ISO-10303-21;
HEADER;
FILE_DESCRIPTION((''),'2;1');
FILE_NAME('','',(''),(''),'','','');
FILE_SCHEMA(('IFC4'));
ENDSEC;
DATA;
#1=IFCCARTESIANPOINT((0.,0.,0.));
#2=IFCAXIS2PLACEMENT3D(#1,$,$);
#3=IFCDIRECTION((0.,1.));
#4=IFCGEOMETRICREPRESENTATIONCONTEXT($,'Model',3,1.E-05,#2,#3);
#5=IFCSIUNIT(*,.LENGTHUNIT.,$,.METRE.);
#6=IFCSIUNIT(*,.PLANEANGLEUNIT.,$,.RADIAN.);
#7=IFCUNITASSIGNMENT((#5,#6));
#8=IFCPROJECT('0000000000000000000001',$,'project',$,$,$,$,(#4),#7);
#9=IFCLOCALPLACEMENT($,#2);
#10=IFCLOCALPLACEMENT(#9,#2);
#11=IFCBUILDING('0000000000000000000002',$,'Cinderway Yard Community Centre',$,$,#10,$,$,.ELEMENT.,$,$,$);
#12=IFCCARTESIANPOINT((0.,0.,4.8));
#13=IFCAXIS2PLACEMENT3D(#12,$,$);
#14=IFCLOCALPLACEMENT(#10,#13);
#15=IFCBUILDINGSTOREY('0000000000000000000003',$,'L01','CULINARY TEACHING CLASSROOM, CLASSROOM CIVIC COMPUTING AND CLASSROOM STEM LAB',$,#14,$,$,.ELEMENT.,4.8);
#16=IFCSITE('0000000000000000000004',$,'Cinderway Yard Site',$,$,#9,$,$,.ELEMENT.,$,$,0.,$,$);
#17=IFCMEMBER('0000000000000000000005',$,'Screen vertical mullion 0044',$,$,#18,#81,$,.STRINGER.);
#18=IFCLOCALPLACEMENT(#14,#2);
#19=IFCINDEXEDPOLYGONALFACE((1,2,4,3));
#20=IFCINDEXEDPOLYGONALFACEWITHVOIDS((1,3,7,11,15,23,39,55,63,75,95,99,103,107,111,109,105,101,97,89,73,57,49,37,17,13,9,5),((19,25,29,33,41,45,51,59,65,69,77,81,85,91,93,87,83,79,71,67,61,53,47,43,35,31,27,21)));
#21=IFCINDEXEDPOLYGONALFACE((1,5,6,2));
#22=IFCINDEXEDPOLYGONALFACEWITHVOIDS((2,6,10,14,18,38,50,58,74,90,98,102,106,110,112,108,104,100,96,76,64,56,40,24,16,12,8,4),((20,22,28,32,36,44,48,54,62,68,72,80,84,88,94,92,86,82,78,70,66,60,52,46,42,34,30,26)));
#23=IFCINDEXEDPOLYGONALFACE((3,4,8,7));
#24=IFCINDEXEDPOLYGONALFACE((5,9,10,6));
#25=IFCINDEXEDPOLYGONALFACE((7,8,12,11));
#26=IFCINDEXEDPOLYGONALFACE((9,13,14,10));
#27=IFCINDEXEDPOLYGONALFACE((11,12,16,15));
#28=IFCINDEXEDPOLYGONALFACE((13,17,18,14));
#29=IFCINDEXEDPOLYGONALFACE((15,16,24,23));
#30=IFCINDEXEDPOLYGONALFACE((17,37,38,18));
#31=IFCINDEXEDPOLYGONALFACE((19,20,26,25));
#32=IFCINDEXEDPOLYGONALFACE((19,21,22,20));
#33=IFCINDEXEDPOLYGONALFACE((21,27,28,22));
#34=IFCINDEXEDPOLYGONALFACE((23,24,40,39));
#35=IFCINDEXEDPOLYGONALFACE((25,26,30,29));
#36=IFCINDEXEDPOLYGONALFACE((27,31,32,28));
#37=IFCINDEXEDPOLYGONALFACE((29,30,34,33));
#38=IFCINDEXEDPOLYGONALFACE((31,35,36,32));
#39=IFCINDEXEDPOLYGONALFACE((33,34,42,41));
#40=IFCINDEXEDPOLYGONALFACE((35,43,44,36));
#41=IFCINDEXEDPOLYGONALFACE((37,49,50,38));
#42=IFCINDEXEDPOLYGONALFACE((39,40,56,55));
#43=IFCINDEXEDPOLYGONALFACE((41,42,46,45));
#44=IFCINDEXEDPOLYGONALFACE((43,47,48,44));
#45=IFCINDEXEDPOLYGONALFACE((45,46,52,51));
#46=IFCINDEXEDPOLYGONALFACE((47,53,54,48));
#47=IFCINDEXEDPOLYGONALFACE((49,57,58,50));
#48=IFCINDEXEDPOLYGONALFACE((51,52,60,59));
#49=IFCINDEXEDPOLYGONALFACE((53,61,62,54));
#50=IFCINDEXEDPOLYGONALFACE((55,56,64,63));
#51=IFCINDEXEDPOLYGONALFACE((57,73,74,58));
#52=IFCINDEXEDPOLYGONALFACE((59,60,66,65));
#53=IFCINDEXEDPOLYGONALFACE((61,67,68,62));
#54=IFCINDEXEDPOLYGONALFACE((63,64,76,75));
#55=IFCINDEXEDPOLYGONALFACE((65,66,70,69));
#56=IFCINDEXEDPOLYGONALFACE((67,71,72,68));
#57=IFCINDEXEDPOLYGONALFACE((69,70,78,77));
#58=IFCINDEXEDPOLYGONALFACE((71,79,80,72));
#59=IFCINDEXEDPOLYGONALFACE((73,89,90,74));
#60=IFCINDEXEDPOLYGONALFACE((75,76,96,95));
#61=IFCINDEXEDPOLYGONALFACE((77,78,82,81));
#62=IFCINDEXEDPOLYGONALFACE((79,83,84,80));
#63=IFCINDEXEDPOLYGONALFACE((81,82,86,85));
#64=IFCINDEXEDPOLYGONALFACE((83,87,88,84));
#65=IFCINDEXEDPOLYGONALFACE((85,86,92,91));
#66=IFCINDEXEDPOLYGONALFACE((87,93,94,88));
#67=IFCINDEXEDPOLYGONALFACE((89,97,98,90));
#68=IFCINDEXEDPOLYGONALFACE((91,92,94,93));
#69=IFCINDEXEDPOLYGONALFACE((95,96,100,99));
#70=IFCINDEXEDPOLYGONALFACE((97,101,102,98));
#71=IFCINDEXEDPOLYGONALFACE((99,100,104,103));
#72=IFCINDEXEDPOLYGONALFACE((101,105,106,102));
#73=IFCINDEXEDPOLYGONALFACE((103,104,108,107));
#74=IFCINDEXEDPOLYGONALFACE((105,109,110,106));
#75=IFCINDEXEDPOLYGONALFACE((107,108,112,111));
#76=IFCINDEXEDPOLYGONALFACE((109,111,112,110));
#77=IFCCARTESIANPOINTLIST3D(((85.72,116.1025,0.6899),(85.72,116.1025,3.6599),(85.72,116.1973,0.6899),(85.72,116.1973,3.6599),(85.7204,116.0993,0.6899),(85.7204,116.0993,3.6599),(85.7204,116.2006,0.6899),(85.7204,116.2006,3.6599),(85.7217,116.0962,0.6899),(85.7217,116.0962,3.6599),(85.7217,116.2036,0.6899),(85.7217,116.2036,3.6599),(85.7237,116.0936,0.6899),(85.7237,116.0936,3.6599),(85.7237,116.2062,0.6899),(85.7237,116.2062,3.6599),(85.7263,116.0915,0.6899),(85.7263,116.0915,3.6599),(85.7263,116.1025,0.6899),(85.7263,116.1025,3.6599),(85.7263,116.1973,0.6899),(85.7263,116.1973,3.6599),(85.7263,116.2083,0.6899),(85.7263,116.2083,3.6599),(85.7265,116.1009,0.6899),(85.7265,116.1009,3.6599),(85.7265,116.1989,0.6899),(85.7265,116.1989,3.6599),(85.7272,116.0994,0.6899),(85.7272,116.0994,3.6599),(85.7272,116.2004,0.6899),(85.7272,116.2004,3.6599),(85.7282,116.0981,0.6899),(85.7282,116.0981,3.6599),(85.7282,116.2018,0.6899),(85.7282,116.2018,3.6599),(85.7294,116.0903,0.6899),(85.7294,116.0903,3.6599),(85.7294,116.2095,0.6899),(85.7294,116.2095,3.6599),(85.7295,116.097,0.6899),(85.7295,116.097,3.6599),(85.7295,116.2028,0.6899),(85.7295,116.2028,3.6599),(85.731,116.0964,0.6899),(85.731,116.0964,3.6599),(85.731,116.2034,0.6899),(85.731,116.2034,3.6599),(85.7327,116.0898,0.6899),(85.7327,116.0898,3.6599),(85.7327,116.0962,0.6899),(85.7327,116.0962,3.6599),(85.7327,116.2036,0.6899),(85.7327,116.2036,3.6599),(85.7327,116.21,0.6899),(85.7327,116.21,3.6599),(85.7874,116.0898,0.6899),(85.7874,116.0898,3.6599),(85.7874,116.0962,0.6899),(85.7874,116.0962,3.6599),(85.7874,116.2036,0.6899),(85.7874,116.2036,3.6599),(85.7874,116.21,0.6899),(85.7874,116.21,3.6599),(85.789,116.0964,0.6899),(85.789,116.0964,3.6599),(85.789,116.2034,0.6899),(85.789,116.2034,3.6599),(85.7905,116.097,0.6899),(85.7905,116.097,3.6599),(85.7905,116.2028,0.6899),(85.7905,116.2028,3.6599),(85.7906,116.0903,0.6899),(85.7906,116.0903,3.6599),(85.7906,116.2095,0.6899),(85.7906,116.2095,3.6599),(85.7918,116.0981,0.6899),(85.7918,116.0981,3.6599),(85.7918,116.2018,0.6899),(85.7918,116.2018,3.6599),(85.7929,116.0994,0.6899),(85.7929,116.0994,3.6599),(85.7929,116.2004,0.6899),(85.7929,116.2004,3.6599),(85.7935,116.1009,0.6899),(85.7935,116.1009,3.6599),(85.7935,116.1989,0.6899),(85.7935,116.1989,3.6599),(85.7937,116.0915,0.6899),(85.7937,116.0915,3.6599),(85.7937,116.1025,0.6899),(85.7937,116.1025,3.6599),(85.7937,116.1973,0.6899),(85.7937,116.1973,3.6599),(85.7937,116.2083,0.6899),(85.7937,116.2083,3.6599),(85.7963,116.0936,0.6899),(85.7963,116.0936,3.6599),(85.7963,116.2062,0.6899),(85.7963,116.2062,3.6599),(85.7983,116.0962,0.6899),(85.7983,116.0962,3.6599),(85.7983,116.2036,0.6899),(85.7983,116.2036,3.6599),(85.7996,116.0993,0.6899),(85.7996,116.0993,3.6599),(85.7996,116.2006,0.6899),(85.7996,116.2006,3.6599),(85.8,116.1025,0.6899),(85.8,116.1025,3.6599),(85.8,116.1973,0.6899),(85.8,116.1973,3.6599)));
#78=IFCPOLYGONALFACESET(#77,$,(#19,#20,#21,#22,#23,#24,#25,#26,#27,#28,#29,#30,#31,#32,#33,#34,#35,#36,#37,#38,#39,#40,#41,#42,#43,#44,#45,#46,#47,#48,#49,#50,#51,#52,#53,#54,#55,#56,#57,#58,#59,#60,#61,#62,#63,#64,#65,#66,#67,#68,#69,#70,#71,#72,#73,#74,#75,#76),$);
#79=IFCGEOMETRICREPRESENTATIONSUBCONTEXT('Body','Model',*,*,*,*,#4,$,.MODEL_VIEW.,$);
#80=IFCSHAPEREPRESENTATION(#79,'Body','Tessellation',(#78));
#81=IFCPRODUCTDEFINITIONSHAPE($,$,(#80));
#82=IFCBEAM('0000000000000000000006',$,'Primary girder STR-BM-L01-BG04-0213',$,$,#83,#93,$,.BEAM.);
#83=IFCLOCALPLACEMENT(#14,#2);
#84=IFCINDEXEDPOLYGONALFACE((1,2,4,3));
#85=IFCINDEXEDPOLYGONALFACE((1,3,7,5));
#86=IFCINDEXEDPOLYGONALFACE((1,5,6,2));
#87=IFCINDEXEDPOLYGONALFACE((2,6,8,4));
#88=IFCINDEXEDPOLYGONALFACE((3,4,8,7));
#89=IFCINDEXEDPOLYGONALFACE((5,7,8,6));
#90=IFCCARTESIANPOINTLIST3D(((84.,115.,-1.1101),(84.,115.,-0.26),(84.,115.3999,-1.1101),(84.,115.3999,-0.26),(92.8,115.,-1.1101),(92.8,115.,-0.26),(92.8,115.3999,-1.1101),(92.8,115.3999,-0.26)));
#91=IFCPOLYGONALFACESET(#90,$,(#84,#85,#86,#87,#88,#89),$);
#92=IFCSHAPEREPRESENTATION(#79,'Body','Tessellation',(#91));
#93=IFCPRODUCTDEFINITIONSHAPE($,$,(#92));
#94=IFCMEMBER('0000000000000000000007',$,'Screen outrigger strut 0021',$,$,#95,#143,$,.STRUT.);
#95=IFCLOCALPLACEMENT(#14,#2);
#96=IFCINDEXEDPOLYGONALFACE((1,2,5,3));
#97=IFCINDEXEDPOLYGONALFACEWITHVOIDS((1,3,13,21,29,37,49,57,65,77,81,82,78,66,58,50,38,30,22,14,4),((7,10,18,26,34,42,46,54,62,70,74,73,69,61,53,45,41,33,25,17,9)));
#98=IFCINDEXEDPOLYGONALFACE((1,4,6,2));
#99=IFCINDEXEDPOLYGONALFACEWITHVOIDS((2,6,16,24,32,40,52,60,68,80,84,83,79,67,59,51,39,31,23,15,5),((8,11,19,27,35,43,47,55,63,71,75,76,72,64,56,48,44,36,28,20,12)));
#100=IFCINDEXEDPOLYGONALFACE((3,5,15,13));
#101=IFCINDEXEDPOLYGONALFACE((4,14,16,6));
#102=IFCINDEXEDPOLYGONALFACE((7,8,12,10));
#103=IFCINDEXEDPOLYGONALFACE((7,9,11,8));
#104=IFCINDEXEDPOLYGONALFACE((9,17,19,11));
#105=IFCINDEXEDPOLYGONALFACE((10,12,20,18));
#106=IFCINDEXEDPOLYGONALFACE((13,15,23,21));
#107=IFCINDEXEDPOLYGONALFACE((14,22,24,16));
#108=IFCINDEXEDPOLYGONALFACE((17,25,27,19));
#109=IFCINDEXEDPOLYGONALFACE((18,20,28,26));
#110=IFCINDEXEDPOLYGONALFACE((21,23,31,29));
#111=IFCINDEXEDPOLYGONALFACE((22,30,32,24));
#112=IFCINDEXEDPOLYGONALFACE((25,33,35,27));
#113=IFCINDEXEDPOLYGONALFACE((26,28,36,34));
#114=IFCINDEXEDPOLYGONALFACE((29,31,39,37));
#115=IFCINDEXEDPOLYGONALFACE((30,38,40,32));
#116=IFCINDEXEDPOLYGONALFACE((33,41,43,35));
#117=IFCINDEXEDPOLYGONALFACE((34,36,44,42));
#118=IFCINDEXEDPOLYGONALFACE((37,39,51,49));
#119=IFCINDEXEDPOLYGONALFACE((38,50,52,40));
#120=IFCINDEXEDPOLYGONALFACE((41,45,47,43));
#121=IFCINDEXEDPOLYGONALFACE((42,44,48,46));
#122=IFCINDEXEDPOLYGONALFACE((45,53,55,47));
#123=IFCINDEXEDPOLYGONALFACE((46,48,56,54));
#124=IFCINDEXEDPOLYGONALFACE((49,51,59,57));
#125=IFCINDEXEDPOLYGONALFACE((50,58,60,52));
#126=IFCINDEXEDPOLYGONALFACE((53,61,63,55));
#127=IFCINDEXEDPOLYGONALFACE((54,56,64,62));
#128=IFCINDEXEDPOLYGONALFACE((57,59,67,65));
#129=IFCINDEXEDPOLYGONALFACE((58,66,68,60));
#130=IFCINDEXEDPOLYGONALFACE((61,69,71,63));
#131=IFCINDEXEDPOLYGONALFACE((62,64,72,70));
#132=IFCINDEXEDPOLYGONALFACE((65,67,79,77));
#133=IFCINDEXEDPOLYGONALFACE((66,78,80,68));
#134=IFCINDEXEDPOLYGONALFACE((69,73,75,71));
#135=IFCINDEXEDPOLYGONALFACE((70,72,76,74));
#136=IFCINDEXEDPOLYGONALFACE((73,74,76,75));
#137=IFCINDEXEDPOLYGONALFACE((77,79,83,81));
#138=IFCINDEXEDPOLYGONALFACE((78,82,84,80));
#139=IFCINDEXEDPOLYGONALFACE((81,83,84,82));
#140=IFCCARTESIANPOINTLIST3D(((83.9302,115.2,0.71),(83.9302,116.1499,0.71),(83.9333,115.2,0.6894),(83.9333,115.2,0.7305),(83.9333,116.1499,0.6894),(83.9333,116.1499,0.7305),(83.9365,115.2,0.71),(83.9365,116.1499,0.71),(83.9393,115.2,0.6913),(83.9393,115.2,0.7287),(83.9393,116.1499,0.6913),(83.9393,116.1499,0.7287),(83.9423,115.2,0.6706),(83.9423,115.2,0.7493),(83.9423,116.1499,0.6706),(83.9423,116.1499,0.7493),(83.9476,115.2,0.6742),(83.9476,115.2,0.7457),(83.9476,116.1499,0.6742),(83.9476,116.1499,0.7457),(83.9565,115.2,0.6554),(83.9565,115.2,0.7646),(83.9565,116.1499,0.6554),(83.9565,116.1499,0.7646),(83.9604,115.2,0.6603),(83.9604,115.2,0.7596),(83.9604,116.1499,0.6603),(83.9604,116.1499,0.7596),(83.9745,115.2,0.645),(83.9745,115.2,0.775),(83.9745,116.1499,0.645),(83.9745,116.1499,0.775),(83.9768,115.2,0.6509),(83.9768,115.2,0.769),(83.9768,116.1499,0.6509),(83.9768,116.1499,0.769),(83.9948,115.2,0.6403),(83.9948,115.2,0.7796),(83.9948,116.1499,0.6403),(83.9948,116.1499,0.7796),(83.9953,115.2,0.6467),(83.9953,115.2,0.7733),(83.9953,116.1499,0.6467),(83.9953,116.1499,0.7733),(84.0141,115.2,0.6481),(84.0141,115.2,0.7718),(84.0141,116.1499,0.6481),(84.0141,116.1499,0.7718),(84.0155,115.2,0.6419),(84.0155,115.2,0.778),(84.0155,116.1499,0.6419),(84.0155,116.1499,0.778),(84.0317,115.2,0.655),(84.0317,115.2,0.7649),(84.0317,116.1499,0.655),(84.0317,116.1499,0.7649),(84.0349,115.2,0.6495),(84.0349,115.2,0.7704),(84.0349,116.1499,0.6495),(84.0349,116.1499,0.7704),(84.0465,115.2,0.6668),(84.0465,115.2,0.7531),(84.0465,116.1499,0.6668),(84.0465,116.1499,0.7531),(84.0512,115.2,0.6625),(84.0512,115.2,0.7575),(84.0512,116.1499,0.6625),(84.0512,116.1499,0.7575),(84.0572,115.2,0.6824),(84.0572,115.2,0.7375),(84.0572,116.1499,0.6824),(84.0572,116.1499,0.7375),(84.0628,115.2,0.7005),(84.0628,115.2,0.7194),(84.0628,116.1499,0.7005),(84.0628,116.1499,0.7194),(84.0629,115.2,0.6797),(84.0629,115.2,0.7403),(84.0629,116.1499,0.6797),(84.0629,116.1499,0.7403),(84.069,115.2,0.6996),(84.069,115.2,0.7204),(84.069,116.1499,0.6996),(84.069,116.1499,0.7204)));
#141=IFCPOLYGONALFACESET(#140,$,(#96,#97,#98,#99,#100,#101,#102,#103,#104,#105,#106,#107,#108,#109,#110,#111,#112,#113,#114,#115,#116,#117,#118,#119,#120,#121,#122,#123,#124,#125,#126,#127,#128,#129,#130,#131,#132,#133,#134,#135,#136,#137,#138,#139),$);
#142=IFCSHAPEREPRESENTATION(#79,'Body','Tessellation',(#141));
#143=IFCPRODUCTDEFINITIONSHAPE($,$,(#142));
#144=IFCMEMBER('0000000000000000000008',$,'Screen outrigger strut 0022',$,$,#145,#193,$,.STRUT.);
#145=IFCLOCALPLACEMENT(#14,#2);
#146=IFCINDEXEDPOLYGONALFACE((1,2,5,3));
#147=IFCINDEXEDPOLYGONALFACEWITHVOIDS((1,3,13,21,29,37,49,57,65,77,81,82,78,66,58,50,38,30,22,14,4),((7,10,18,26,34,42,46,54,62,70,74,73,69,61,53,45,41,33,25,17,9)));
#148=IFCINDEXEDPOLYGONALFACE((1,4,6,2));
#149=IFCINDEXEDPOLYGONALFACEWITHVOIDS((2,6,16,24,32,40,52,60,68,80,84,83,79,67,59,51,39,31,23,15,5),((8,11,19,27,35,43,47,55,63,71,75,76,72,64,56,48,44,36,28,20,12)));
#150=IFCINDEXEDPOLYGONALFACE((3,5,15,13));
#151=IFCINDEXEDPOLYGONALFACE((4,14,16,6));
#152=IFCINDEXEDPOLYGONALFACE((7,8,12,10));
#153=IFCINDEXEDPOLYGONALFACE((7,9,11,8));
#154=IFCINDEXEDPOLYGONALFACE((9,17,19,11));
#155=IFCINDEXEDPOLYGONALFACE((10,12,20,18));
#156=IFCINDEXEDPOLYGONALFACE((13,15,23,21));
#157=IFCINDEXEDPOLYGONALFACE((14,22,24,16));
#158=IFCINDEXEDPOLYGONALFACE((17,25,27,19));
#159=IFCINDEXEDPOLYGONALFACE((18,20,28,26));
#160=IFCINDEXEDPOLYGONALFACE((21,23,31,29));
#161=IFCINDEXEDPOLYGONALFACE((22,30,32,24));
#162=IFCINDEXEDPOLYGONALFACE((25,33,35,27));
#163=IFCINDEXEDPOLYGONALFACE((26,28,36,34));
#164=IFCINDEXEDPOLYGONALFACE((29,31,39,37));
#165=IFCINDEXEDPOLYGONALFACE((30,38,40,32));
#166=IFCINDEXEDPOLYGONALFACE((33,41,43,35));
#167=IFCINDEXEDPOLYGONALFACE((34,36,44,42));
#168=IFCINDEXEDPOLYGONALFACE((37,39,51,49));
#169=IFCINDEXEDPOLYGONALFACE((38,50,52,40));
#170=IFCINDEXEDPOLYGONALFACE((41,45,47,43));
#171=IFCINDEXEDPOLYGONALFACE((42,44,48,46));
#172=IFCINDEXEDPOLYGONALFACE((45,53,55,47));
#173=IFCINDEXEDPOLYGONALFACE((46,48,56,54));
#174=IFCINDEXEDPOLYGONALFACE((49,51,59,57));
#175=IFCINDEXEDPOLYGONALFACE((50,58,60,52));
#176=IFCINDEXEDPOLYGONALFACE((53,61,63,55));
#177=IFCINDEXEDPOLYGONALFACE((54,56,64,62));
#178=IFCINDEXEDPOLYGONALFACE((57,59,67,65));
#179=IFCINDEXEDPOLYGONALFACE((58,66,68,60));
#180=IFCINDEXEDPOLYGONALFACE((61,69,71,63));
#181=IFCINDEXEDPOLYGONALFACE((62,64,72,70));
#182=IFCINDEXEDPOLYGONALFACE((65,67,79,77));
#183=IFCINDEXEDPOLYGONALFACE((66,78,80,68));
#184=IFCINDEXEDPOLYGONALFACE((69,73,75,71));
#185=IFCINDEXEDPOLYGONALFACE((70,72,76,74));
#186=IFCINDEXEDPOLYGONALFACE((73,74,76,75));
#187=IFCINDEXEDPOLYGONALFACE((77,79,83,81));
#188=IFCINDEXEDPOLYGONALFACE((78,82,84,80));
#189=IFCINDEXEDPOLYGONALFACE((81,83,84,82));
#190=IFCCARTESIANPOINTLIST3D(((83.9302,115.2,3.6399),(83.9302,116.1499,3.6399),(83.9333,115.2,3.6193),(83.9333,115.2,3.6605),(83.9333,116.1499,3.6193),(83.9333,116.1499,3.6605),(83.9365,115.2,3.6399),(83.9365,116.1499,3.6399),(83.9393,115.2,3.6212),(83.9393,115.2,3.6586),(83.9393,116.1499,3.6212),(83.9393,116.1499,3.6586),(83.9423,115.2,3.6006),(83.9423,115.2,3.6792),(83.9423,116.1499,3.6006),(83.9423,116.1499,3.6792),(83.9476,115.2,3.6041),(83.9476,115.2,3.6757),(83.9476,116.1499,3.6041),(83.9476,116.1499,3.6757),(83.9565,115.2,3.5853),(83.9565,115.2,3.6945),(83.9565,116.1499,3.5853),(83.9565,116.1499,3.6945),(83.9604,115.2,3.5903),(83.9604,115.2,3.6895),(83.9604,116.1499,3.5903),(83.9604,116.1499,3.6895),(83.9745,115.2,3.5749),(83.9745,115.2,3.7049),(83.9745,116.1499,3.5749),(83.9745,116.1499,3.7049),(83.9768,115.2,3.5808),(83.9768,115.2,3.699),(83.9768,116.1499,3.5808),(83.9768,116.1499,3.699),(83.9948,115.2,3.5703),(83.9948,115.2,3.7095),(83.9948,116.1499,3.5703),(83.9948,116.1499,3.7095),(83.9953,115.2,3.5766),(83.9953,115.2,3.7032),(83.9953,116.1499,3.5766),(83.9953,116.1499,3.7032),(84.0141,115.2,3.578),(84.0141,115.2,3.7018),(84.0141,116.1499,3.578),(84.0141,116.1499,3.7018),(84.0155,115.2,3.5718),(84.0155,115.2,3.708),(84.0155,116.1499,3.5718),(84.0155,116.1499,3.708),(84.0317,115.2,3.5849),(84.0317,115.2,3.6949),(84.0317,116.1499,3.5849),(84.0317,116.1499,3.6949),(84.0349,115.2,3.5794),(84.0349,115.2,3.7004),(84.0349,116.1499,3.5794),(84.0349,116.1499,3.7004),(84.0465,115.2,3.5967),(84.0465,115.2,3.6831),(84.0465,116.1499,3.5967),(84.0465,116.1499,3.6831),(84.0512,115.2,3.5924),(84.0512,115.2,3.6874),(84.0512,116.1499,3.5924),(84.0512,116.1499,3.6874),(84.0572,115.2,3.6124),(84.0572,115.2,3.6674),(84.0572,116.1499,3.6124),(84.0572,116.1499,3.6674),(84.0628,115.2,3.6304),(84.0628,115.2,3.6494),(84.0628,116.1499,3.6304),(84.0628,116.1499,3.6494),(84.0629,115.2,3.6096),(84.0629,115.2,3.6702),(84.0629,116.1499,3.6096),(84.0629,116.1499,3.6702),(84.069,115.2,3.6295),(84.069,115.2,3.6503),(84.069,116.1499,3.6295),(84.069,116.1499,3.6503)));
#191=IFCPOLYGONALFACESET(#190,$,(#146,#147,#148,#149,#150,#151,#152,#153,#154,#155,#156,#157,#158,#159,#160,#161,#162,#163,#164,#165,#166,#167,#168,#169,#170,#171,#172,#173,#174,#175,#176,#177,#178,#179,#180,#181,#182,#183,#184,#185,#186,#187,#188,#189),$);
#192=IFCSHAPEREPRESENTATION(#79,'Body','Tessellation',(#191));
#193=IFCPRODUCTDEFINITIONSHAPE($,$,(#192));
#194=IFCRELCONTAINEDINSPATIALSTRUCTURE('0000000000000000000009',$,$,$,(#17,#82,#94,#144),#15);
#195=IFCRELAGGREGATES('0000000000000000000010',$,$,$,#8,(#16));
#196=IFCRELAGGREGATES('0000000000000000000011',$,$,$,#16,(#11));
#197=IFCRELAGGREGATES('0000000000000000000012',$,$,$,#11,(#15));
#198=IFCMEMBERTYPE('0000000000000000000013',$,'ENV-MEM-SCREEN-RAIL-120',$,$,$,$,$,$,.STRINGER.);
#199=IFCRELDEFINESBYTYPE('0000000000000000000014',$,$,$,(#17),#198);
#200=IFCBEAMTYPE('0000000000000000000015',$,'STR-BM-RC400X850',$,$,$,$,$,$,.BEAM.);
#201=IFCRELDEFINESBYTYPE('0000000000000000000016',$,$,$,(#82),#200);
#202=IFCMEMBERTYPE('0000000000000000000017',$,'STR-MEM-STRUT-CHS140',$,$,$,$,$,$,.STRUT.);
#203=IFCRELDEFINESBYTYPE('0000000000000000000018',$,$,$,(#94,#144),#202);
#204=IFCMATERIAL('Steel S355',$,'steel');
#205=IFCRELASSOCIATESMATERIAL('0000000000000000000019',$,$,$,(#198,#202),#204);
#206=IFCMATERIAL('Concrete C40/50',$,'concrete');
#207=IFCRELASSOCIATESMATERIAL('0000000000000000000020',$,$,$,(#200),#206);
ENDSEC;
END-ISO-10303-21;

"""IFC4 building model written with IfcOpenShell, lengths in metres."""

from ifc_helpers import new_model, si_unit, direction, frame, origin, origin_2d, place, context, subcontext, project, spatial, rectangle, hollow_rectangle, hollow_circle, extrude, material, material_profile, profile_set, type_object, element, save


model = new_model("IFC4")

# Units and contexts
model_context = context("Model", 3, precision=1e-05, world=origin(), true_north=direction((0.0, 1.0)))
body_context = subcontext(model_context, "Body", "Model", "MODEL_VIEW")
ifc_project = project(units=[si_unit("LENGTHUNIT", "METRE"), si_unit("PLANEANGLEUNIT", "RADIAN")], contexts=[model_context])

# Site, building, storey
site_placement = place(None, origin())
site = spatial("IfcSite", under=ifc_project, at=site_placement, Name="Cinderway Yard Site", CompositionType="ELEMENT", RefElevation=0.0)
building_placement = place(site_placement, origin())
building = spatial("IfcBuilding", under=site, at=building_placement, Name="Cinderway Yard Community Centre", CompositionType="ELEMENT")
storey_placement = place(building_placement, frame((0.0, 0.0, 4.8)))
storey = spatial("IfcBuildingStorey", under=building, at=storey_placement, Name="L01", Description="CULINARY TEACHING CLASSROOM, CLASSROOM CIVIC COMPUTING AND CLASSROOM STEM LAB", CompositionType="ELEMENT", Elevation=4.8)

# Shared definitions
ifc_material_1 = material(Name="Concrete C40/50", Category="concrete")

# Member
ifc_material_2 = material(Name="Steel S355", Category="steel")
ifc_material_profile_1 = material_profile(ifc_material_2, hollow_rectangle(XDim=0.0801, YDim=0.1201, WallThickness=0.0063, InnerFilletRadius=0.0063, OuterFilletRadius=0.0127, at=origin_2d()), Name="Steel S355")
ifc_profile_set_1 = profile_set([ifc_material_profile_1], Name="Steel S355")
member_type_1 = type_object("IfcMemberType", Name="ENV-MEM-SCREEN-RAIL-120", PredefinedType="STRINGER", material=ifc_profile_set_1)
member_1_placement = place(storey_placement, frame((85.76, 116.1499, 0.6899), z_axis=(0.0, 0.0, 1.0), x_axis=(1.0, 0.0, 0.0)))
element("IfcMember", 1, at=member_1_placement, inside=storey, type_object=member_type_1, Name="Screen vertical mullion 0044", PredefinedType="STRINGER", context=body_context, shape_type="SweptSolid", body=[
    extrude(hollow_rectangle(XDim=0.0801, YDim=0.1201, WallThickness=0.0063, InnerFilletRadius=0.0063, OuterFilletRadius=0.0127, at=origin_2d()), origin(), (0.0, 0.0, 1.0), 2.97),
])

# Beam
ifc_material_profile_2 = material_profile(ifc_material_1, rectangle(XDim=0.3999, YDim=0.8501, at=origin_2d()), Name="Concrete C40/50")
ifc_profile_set_2 = profile_set([ifc_material_profile_2], Name="Concrete C40/50")
beam_type = type_object("IfcBeamType", Name="STR-BM-RC400X850", PredefinedType="BEAM", material=ifc_profile_set_2)
beam_placement = place(storey_placement, frame((84.0, 115.2, -0.6851), z_axis=(1.0, 0.0, 0.0), x_axis=(0.0, 1.0, 0.0)))
element("IfcBeam", 2, at=beam_placement, inside=storey, type_object=beam_type, Name="Primary girder STR-BM-L01-BG04-0213", PredefinedType="BEAM", context=body_context, shape_type="SweptSolid", body=[
    extrude(rectangle(XDim=0.3999, YDim=0.8501, at=origin_2d()), origin(), (0.0, 0.0, 1.0), 8.8),
])

# Members
ifc_material_profile_3 = material_profile(ifc_material_2, hollow_circle(Radius=0.0698, WallThickness=0.0063, at=origin_2d()), Name="Steel S355")
ifc_profile_set_3 = profile_set([ifc_material_profile_3], Name="Steel S355")
member_type_2 = type_object("IfcMemberType", Name="STR-MEM-STRUT-CHS140", PredefinedType="STRUT", material=ifc_profile_set_3)
for number, where, z_axis, x_axis, name in (
    (3, (84.0, 115.2, 0.71), (0.0, 1.0, 0.0), (-1.0, 0.0, 0.0), "Screen outrigger strut 0021"),
    (4, (84.0, 115.2, 3.6399), (0.0, 1.0, 0.0), (-1.0, 0.0, 0.0), "Screen outrigger strut 0022"),
):
    element("IfcMember", number, at=place(storey_placement, frame(where, z_axis=z_axis, x_axis=x_axis)), inside=storey, type_object=member_type_2, Name=name, PredefinedType="STRUT", context=body_context, shape_type="SweptSolid", body=[
        extrude(hollow_circle(Radius=0.0698, WallThickness=0.0063, at=origin_2d()), origin(), (0.0, 0.0, 1.0), 0.95),
    ])

save(model, "model.ifc")
